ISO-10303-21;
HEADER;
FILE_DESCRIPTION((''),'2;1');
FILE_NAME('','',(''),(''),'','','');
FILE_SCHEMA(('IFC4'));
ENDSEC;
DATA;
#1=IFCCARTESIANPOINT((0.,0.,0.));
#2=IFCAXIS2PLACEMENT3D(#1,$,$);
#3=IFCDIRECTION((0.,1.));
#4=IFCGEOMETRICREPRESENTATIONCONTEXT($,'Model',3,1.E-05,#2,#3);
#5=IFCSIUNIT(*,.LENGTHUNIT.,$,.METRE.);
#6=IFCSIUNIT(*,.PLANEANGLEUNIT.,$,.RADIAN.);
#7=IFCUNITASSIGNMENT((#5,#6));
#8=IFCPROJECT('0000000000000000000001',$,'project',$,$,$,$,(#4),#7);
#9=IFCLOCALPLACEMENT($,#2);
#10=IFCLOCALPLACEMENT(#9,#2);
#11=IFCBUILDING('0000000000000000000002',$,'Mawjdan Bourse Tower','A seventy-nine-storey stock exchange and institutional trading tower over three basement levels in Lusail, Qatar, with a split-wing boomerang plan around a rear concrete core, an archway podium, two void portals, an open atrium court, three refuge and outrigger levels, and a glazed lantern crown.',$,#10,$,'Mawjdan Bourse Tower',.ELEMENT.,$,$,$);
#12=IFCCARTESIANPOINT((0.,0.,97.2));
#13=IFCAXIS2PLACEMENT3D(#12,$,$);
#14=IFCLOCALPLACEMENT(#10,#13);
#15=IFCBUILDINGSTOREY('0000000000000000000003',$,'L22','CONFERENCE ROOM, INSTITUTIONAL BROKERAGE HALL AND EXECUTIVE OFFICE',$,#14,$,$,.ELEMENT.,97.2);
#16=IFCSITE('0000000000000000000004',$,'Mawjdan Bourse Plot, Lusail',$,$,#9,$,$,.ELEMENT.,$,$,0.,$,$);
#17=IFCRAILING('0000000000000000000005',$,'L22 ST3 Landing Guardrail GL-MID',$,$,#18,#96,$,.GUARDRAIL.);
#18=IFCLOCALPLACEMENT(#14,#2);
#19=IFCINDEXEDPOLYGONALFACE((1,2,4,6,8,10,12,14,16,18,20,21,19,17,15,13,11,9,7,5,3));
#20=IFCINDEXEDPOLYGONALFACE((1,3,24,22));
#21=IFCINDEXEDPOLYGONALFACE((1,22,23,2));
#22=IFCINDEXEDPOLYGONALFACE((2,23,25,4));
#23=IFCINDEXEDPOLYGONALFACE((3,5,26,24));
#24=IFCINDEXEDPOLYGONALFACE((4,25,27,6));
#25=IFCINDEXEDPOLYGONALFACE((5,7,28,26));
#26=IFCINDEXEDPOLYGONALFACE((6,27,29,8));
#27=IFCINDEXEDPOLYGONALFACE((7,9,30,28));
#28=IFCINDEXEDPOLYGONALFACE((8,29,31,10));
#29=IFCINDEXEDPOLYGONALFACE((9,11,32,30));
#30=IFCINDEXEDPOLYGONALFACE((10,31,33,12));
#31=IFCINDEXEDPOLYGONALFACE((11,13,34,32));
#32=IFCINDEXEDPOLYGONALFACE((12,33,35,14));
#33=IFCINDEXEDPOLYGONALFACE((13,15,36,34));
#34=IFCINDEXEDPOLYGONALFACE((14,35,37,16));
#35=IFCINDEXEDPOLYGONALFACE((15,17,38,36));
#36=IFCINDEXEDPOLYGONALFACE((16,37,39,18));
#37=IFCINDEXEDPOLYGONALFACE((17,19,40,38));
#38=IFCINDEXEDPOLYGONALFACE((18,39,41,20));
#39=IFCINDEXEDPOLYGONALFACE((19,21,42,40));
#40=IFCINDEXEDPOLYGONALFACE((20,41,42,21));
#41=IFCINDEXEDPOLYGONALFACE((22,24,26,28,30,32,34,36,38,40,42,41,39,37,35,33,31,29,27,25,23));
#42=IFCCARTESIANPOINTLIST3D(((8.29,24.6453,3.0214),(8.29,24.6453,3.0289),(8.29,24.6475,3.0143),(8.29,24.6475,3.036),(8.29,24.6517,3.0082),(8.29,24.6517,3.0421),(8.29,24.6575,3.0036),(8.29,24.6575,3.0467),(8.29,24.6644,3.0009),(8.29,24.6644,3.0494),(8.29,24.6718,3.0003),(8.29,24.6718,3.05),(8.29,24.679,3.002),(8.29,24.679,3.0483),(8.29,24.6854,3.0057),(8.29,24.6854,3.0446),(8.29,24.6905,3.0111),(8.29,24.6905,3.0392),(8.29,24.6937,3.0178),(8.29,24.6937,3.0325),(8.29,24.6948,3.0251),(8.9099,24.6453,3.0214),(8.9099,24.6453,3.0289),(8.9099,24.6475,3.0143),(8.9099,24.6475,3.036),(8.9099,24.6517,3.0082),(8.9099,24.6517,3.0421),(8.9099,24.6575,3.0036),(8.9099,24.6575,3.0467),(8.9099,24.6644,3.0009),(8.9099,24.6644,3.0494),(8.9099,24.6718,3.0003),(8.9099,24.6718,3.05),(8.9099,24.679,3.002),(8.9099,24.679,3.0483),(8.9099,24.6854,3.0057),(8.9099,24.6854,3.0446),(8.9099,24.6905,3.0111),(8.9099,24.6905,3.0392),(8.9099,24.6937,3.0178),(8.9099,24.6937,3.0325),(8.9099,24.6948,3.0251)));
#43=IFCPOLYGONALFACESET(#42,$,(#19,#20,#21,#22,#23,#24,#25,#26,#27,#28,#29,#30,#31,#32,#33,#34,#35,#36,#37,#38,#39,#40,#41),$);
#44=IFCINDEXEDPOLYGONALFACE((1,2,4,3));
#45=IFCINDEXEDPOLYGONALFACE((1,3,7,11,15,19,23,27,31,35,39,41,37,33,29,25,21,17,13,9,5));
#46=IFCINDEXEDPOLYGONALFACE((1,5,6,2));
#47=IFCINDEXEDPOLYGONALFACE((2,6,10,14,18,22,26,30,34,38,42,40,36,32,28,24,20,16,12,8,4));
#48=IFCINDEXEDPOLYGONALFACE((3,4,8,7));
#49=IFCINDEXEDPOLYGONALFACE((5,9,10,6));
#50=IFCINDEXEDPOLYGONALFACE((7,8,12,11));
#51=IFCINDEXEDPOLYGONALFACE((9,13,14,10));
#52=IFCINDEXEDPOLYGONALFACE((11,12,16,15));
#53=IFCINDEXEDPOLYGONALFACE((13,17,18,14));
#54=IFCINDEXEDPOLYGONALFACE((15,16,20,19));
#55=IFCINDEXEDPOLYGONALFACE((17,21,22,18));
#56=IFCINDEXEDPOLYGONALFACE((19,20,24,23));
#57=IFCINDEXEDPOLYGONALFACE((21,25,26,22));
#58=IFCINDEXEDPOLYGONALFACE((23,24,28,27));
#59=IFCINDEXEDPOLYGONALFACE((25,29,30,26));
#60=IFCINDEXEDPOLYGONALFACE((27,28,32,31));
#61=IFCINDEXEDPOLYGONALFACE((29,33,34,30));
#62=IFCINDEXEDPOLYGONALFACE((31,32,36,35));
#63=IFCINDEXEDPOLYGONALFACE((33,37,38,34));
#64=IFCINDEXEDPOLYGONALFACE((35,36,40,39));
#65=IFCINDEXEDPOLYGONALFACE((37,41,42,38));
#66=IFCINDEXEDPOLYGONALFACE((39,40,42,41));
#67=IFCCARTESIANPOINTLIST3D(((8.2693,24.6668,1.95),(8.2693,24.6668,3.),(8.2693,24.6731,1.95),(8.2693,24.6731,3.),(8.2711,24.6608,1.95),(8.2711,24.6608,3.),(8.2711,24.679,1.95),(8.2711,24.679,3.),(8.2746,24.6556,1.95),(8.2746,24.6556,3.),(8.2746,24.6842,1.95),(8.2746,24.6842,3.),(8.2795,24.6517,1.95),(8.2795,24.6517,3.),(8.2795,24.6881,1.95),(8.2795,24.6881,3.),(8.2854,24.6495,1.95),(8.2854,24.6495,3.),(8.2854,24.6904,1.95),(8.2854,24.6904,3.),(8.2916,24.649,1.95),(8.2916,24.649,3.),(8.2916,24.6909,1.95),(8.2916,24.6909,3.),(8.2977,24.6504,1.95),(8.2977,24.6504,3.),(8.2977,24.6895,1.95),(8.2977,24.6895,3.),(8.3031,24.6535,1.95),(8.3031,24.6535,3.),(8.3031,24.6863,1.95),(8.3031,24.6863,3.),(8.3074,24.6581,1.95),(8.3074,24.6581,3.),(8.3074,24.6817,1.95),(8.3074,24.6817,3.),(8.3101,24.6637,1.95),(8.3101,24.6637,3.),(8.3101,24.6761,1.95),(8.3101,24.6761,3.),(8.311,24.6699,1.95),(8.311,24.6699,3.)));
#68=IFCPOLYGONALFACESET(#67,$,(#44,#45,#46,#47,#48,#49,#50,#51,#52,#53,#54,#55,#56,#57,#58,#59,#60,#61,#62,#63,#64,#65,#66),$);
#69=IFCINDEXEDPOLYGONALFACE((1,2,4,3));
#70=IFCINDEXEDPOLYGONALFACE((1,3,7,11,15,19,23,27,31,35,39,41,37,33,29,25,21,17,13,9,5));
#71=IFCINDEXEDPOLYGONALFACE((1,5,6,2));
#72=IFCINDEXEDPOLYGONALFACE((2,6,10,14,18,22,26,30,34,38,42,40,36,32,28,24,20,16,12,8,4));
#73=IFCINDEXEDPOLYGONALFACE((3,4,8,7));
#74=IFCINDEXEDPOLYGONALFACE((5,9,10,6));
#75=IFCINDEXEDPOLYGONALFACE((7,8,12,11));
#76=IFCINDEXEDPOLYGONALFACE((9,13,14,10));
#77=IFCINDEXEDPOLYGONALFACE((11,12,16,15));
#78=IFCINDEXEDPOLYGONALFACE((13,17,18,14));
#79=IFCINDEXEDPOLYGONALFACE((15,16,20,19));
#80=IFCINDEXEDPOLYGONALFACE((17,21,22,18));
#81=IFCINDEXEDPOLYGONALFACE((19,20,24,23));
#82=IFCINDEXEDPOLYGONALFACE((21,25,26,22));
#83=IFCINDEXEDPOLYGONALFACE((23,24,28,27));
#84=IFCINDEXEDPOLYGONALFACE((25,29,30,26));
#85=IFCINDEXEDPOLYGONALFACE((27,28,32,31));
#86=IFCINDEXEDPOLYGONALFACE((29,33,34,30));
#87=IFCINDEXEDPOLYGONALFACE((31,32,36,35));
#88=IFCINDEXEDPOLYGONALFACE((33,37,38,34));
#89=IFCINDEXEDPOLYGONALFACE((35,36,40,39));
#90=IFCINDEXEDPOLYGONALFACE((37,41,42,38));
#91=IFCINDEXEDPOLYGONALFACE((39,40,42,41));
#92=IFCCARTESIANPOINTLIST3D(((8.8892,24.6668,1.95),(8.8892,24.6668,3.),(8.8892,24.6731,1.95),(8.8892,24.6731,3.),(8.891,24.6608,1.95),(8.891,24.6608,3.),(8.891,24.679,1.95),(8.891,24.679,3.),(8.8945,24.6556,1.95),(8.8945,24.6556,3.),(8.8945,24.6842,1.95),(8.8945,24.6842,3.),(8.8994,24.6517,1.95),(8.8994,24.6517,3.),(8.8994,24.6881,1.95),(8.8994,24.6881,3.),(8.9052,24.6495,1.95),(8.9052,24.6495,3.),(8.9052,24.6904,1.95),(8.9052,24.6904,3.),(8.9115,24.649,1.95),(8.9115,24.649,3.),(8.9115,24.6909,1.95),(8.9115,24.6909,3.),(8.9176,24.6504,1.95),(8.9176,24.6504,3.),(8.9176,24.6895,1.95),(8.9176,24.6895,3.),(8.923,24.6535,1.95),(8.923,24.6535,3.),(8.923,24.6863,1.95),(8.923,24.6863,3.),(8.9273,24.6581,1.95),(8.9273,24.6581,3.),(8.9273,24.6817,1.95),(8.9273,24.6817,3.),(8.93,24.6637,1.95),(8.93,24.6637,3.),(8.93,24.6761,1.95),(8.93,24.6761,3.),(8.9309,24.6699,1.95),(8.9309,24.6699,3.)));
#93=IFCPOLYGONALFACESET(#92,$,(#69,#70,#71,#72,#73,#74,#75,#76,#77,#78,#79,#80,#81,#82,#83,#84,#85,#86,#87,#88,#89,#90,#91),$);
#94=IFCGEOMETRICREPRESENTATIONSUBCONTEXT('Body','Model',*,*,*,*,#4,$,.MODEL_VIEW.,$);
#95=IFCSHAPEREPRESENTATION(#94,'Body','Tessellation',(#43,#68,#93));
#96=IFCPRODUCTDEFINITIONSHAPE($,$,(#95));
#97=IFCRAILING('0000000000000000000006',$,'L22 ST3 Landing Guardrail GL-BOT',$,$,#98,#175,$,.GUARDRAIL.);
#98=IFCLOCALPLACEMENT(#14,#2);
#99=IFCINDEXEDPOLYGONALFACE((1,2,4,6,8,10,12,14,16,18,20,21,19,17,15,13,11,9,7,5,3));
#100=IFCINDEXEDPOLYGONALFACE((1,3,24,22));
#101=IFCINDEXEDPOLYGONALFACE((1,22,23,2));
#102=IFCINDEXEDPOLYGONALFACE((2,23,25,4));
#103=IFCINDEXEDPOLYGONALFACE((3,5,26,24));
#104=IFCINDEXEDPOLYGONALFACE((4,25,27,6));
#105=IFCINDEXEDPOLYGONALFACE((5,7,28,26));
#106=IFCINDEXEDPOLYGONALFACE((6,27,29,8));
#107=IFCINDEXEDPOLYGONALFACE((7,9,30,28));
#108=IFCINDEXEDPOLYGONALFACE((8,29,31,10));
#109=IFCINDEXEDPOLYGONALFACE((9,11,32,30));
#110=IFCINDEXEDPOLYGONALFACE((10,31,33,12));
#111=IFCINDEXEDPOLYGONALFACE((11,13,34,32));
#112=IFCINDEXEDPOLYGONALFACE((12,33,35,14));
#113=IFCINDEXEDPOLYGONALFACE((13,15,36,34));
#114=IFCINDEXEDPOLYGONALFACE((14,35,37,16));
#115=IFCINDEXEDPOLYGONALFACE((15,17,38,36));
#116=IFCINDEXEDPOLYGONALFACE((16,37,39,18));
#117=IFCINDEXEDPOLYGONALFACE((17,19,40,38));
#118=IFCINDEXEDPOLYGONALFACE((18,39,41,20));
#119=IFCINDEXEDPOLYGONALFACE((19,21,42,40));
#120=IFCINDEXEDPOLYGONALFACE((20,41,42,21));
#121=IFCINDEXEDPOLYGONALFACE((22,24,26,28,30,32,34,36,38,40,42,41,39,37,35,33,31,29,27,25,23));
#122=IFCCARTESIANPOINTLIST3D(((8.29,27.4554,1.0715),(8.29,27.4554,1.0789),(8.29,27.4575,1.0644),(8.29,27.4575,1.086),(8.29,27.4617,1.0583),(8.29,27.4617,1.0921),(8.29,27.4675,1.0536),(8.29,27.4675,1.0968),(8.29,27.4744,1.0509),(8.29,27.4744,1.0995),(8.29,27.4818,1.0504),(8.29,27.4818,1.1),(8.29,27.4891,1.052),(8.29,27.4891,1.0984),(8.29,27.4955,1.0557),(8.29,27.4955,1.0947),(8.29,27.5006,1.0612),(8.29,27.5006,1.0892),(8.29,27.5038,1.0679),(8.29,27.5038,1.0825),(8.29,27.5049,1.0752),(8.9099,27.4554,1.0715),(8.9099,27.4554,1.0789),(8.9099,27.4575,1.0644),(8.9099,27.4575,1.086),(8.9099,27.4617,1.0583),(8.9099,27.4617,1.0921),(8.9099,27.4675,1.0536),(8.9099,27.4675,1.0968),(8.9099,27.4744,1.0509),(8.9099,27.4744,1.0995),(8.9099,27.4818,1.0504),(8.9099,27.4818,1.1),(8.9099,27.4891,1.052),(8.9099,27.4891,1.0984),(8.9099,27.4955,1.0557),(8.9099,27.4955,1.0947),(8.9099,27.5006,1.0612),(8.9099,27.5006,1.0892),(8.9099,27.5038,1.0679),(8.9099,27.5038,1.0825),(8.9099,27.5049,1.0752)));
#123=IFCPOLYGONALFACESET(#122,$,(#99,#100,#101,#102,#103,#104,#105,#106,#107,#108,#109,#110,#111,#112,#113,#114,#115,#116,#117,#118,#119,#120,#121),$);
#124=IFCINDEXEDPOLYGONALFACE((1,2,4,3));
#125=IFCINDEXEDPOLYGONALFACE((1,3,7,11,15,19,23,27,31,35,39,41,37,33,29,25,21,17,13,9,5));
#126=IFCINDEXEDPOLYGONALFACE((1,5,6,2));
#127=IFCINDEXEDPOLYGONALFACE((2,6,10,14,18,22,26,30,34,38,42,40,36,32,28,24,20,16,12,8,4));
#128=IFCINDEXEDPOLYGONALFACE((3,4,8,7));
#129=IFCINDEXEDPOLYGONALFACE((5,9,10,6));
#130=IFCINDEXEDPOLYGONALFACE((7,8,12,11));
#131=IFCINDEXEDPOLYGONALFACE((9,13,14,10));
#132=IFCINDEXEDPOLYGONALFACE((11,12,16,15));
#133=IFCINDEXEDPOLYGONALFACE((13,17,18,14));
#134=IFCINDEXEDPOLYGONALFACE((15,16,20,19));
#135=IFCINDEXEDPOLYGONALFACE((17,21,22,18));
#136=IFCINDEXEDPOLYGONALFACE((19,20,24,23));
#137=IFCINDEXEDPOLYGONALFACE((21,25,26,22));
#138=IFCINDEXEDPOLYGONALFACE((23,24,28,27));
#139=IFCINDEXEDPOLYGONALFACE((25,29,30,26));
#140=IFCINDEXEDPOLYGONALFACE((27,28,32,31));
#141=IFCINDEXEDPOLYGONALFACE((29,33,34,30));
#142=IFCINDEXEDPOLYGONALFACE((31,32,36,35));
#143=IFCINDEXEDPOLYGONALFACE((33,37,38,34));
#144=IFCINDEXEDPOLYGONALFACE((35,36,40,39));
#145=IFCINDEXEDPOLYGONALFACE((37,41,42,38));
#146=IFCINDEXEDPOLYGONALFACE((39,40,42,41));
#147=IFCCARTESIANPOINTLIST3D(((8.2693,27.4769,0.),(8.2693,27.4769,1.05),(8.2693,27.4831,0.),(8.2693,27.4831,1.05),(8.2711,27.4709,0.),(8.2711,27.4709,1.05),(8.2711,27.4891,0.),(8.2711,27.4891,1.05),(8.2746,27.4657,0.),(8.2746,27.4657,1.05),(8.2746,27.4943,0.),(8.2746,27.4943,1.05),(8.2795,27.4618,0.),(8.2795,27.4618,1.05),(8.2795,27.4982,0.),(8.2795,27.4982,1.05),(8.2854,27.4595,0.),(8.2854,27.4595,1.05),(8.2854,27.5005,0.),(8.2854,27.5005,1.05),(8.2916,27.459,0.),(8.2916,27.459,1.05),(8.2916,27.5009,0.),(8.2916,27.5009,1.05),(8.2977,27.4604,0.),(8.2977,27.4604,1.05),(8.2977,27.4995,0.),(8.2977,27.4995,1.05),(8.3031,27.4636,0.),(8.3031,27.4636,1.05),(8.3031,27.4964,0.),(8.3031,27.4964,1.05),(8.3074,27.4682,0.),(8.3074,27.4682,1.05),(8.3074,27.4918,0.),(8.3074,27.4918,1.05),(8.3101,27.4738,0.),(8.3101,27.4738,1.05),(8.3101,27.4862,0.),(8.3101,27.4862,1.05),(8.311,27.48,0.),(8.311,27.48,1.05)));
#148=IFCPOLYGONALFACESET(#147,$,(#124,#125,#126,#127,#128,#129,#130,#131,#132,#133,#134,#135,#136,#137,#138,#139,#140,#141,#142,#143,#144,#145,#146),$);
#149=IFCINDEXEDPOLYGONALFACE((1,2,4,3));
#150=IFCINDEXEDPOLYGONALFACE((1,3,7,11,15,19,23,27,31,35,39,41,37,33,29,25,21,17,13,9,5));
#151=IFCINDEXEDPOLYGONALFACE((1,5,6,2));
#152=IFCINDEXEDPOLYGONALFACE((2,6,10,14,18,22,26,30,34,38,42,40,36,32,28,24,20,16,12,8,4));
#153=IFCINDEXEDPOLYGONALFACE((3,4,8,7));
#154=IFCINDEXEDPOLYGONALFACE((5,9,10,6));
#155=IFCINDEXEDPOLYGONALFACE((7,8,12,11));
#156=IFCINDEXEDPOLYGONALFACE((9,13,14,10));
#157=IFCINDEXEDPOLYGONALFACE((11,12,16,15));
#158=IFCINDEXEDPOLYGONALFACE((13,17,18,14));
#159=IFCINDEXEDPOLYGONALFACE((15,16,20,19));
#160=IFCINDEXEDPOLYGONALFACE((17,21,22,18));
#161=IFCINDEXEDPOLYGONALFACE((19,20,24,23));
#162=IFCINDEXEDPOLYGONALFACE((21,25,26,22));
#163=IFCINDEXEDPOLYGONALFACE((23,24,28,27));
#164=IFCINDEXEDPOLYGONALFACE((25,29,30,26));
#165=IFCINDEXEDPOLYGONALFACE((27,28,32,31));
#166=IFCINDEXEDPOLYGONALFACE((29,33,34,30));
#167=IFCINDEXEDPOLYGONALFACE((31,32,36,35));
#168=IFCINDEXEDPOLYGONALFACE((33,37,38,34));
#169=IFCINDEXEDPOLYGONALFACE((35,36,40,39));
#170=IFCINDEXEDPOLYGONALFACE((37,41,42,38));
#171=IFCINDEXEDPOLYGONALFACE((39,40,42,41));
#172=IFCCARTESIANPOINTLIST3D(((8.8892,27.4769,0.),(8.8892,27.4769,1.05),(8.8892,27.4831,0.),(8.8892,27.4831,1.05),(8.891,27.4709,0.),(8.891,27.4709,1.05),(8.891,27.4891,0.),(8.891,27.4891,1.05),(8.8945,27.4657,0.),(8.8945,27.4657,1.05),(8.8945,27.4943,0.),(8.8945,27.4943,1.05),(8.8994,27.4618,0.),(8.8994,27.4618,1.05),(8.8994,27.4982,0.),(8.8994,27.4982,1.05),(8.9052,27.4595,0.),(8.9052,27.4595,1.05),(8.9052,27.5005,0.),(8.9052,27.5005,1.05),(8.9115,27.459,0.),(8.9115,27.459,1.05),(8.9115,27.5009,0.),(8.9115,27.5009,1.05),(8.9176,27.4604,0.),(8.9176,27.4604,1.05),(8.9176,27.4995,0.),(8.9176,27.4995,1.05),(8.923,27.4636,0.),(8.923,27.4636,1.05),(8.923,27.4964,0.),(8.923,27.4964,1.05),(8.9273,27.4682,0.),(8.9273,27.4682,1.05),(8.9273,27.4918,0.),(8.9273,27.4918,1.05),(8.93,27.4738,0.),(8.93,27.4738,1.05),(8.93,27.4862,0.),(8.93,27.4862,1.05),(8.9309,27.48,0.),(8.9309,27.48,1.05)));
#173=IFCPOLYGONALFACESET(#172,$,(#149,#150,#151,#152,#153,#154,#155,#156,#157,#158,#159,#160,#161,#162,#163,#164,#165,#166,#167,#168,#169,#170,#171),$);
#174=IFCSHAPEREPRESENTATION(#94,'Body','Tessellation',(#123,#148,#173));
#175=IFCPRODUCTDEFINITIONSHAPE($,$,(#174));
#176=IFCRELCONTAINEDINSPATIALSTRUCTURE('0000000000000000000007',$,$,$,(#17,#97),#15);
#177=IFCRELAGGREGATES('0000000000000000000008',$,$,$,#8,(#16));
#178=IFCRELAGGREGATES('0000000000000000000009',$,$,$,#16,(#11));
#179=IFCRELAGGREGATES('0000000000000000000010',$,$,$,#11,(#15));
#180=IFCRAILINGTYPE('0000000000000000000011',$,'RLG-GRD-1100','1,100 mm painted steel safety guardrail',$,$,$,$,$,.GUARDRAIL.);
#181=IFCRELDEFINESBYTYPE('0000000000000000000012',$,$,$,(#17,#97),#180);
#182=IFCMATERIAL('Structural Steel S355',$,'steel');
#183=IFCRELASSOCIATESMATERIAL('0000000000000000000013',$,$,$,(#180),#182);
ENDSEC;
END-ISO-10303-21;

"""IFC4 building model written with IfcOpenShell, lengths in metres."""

from ifc_helpers import new_model, si_unit, direction, frame, origin, origin_2d, place, context, subcontext, project, spatial, circle, extrude, material, type_object, element, save


model = new_model("IFC4")

# Units and contexts
model_context = context("Model", 3, precision=1e-05, world=origin(), true_north=direction((0.0, 1.0)))
body_context = subcontext(model_context, "Body", "Model", "MODEL_VIEW")
ifc_project = project(units=[si_unit("LENGTHUNIT", "METRE"), si_unit("PLANEANGLEUNIT", "RADIAN")], contexts=[model_context])

# Site, building, storey
site_placement = place(None, origin())
site = spatial("IfcSite", under=ifc_project, at=site_placement, Name="Mawjdan Bourse Plot, Lusail", CompositionType="ELEMENT", RefElevation=0.0)
building_placement = place(site_placement, origin())
building = spatial("IfcBuilding", under=site, at=building_placement, Name="Mawjdan Bourse Tower", Description="A seventy-nine-storey stock exchange and institutional trading tower over three basement levels in Lusail, Qatar, with a split-wing boomerang plan around a rear concrete core, an archway podium, two void portals, an open atrium court, three refuge and outrigger levels, and a glazed lantern crown.", LongName="Mawjdan Bourse Tower", CompositionType="ELEMENT")
storey_placement = place(building_placement, frame((0.0, 0.0, 97.2)))
storey = spatial("IfcBuildingStorey", under=building, at=storey_placement, Name="L22", Description="CONFERENCE ROOM, INSTITUTIONAL BROKERAGE HALL AND EXECUTIVE OFFICE", CompositionType="ELEMENT", Elevation=97.2)

# Shared definitions
ifc_material_1 = material(Name="Structural Steel S355", Category="steel")

# Railings
railing_type_1 = type_object("IfcRailingType", Name="RLG-GRD-1100", Description="1,100 mm painted steel safety guardrail", PredefinedType="GUARDRAIL", material=ifc_material_1)
for number, where, name in (
    (1, (8.29, 24.6699, 1.95), "L22 ST3 Landing Guardrail GL-MID"),
    (2, (8.29, 27.48, 0.0), "L22 ST3 Landing Guardrail GL-BOT"),
):
    element("IfcRailing", number, at=place(storey_placement, frame(where)), inside=storey, type_object=railing_type_1, Name=name, PredefinedType="GUARDRAIL", context=body_context, shape_type="SweptSolid", body=[
        extrude(circle(Radius=0.0249, at=origin_2d()), frame((0.0, 0.0, 1.0752), z_axis=(1.0, 0.0, 0.0), x_axis=(0.0, 1.0, 0.0)), (0.0, 0.0, 1.0), 0.6199),
        extrude(circle(Radius=0.021, at=origin_2d()), origin(), (0.0, 0.0, 1.0), 1.05),
        extrude(circle(Radius=0.021, at=origin_2d()), frame((0.6199, 0.0, 0.0)), (0.0, 0.0, 1.0), 1.05),
    ])

save(model, "model.ifc")
